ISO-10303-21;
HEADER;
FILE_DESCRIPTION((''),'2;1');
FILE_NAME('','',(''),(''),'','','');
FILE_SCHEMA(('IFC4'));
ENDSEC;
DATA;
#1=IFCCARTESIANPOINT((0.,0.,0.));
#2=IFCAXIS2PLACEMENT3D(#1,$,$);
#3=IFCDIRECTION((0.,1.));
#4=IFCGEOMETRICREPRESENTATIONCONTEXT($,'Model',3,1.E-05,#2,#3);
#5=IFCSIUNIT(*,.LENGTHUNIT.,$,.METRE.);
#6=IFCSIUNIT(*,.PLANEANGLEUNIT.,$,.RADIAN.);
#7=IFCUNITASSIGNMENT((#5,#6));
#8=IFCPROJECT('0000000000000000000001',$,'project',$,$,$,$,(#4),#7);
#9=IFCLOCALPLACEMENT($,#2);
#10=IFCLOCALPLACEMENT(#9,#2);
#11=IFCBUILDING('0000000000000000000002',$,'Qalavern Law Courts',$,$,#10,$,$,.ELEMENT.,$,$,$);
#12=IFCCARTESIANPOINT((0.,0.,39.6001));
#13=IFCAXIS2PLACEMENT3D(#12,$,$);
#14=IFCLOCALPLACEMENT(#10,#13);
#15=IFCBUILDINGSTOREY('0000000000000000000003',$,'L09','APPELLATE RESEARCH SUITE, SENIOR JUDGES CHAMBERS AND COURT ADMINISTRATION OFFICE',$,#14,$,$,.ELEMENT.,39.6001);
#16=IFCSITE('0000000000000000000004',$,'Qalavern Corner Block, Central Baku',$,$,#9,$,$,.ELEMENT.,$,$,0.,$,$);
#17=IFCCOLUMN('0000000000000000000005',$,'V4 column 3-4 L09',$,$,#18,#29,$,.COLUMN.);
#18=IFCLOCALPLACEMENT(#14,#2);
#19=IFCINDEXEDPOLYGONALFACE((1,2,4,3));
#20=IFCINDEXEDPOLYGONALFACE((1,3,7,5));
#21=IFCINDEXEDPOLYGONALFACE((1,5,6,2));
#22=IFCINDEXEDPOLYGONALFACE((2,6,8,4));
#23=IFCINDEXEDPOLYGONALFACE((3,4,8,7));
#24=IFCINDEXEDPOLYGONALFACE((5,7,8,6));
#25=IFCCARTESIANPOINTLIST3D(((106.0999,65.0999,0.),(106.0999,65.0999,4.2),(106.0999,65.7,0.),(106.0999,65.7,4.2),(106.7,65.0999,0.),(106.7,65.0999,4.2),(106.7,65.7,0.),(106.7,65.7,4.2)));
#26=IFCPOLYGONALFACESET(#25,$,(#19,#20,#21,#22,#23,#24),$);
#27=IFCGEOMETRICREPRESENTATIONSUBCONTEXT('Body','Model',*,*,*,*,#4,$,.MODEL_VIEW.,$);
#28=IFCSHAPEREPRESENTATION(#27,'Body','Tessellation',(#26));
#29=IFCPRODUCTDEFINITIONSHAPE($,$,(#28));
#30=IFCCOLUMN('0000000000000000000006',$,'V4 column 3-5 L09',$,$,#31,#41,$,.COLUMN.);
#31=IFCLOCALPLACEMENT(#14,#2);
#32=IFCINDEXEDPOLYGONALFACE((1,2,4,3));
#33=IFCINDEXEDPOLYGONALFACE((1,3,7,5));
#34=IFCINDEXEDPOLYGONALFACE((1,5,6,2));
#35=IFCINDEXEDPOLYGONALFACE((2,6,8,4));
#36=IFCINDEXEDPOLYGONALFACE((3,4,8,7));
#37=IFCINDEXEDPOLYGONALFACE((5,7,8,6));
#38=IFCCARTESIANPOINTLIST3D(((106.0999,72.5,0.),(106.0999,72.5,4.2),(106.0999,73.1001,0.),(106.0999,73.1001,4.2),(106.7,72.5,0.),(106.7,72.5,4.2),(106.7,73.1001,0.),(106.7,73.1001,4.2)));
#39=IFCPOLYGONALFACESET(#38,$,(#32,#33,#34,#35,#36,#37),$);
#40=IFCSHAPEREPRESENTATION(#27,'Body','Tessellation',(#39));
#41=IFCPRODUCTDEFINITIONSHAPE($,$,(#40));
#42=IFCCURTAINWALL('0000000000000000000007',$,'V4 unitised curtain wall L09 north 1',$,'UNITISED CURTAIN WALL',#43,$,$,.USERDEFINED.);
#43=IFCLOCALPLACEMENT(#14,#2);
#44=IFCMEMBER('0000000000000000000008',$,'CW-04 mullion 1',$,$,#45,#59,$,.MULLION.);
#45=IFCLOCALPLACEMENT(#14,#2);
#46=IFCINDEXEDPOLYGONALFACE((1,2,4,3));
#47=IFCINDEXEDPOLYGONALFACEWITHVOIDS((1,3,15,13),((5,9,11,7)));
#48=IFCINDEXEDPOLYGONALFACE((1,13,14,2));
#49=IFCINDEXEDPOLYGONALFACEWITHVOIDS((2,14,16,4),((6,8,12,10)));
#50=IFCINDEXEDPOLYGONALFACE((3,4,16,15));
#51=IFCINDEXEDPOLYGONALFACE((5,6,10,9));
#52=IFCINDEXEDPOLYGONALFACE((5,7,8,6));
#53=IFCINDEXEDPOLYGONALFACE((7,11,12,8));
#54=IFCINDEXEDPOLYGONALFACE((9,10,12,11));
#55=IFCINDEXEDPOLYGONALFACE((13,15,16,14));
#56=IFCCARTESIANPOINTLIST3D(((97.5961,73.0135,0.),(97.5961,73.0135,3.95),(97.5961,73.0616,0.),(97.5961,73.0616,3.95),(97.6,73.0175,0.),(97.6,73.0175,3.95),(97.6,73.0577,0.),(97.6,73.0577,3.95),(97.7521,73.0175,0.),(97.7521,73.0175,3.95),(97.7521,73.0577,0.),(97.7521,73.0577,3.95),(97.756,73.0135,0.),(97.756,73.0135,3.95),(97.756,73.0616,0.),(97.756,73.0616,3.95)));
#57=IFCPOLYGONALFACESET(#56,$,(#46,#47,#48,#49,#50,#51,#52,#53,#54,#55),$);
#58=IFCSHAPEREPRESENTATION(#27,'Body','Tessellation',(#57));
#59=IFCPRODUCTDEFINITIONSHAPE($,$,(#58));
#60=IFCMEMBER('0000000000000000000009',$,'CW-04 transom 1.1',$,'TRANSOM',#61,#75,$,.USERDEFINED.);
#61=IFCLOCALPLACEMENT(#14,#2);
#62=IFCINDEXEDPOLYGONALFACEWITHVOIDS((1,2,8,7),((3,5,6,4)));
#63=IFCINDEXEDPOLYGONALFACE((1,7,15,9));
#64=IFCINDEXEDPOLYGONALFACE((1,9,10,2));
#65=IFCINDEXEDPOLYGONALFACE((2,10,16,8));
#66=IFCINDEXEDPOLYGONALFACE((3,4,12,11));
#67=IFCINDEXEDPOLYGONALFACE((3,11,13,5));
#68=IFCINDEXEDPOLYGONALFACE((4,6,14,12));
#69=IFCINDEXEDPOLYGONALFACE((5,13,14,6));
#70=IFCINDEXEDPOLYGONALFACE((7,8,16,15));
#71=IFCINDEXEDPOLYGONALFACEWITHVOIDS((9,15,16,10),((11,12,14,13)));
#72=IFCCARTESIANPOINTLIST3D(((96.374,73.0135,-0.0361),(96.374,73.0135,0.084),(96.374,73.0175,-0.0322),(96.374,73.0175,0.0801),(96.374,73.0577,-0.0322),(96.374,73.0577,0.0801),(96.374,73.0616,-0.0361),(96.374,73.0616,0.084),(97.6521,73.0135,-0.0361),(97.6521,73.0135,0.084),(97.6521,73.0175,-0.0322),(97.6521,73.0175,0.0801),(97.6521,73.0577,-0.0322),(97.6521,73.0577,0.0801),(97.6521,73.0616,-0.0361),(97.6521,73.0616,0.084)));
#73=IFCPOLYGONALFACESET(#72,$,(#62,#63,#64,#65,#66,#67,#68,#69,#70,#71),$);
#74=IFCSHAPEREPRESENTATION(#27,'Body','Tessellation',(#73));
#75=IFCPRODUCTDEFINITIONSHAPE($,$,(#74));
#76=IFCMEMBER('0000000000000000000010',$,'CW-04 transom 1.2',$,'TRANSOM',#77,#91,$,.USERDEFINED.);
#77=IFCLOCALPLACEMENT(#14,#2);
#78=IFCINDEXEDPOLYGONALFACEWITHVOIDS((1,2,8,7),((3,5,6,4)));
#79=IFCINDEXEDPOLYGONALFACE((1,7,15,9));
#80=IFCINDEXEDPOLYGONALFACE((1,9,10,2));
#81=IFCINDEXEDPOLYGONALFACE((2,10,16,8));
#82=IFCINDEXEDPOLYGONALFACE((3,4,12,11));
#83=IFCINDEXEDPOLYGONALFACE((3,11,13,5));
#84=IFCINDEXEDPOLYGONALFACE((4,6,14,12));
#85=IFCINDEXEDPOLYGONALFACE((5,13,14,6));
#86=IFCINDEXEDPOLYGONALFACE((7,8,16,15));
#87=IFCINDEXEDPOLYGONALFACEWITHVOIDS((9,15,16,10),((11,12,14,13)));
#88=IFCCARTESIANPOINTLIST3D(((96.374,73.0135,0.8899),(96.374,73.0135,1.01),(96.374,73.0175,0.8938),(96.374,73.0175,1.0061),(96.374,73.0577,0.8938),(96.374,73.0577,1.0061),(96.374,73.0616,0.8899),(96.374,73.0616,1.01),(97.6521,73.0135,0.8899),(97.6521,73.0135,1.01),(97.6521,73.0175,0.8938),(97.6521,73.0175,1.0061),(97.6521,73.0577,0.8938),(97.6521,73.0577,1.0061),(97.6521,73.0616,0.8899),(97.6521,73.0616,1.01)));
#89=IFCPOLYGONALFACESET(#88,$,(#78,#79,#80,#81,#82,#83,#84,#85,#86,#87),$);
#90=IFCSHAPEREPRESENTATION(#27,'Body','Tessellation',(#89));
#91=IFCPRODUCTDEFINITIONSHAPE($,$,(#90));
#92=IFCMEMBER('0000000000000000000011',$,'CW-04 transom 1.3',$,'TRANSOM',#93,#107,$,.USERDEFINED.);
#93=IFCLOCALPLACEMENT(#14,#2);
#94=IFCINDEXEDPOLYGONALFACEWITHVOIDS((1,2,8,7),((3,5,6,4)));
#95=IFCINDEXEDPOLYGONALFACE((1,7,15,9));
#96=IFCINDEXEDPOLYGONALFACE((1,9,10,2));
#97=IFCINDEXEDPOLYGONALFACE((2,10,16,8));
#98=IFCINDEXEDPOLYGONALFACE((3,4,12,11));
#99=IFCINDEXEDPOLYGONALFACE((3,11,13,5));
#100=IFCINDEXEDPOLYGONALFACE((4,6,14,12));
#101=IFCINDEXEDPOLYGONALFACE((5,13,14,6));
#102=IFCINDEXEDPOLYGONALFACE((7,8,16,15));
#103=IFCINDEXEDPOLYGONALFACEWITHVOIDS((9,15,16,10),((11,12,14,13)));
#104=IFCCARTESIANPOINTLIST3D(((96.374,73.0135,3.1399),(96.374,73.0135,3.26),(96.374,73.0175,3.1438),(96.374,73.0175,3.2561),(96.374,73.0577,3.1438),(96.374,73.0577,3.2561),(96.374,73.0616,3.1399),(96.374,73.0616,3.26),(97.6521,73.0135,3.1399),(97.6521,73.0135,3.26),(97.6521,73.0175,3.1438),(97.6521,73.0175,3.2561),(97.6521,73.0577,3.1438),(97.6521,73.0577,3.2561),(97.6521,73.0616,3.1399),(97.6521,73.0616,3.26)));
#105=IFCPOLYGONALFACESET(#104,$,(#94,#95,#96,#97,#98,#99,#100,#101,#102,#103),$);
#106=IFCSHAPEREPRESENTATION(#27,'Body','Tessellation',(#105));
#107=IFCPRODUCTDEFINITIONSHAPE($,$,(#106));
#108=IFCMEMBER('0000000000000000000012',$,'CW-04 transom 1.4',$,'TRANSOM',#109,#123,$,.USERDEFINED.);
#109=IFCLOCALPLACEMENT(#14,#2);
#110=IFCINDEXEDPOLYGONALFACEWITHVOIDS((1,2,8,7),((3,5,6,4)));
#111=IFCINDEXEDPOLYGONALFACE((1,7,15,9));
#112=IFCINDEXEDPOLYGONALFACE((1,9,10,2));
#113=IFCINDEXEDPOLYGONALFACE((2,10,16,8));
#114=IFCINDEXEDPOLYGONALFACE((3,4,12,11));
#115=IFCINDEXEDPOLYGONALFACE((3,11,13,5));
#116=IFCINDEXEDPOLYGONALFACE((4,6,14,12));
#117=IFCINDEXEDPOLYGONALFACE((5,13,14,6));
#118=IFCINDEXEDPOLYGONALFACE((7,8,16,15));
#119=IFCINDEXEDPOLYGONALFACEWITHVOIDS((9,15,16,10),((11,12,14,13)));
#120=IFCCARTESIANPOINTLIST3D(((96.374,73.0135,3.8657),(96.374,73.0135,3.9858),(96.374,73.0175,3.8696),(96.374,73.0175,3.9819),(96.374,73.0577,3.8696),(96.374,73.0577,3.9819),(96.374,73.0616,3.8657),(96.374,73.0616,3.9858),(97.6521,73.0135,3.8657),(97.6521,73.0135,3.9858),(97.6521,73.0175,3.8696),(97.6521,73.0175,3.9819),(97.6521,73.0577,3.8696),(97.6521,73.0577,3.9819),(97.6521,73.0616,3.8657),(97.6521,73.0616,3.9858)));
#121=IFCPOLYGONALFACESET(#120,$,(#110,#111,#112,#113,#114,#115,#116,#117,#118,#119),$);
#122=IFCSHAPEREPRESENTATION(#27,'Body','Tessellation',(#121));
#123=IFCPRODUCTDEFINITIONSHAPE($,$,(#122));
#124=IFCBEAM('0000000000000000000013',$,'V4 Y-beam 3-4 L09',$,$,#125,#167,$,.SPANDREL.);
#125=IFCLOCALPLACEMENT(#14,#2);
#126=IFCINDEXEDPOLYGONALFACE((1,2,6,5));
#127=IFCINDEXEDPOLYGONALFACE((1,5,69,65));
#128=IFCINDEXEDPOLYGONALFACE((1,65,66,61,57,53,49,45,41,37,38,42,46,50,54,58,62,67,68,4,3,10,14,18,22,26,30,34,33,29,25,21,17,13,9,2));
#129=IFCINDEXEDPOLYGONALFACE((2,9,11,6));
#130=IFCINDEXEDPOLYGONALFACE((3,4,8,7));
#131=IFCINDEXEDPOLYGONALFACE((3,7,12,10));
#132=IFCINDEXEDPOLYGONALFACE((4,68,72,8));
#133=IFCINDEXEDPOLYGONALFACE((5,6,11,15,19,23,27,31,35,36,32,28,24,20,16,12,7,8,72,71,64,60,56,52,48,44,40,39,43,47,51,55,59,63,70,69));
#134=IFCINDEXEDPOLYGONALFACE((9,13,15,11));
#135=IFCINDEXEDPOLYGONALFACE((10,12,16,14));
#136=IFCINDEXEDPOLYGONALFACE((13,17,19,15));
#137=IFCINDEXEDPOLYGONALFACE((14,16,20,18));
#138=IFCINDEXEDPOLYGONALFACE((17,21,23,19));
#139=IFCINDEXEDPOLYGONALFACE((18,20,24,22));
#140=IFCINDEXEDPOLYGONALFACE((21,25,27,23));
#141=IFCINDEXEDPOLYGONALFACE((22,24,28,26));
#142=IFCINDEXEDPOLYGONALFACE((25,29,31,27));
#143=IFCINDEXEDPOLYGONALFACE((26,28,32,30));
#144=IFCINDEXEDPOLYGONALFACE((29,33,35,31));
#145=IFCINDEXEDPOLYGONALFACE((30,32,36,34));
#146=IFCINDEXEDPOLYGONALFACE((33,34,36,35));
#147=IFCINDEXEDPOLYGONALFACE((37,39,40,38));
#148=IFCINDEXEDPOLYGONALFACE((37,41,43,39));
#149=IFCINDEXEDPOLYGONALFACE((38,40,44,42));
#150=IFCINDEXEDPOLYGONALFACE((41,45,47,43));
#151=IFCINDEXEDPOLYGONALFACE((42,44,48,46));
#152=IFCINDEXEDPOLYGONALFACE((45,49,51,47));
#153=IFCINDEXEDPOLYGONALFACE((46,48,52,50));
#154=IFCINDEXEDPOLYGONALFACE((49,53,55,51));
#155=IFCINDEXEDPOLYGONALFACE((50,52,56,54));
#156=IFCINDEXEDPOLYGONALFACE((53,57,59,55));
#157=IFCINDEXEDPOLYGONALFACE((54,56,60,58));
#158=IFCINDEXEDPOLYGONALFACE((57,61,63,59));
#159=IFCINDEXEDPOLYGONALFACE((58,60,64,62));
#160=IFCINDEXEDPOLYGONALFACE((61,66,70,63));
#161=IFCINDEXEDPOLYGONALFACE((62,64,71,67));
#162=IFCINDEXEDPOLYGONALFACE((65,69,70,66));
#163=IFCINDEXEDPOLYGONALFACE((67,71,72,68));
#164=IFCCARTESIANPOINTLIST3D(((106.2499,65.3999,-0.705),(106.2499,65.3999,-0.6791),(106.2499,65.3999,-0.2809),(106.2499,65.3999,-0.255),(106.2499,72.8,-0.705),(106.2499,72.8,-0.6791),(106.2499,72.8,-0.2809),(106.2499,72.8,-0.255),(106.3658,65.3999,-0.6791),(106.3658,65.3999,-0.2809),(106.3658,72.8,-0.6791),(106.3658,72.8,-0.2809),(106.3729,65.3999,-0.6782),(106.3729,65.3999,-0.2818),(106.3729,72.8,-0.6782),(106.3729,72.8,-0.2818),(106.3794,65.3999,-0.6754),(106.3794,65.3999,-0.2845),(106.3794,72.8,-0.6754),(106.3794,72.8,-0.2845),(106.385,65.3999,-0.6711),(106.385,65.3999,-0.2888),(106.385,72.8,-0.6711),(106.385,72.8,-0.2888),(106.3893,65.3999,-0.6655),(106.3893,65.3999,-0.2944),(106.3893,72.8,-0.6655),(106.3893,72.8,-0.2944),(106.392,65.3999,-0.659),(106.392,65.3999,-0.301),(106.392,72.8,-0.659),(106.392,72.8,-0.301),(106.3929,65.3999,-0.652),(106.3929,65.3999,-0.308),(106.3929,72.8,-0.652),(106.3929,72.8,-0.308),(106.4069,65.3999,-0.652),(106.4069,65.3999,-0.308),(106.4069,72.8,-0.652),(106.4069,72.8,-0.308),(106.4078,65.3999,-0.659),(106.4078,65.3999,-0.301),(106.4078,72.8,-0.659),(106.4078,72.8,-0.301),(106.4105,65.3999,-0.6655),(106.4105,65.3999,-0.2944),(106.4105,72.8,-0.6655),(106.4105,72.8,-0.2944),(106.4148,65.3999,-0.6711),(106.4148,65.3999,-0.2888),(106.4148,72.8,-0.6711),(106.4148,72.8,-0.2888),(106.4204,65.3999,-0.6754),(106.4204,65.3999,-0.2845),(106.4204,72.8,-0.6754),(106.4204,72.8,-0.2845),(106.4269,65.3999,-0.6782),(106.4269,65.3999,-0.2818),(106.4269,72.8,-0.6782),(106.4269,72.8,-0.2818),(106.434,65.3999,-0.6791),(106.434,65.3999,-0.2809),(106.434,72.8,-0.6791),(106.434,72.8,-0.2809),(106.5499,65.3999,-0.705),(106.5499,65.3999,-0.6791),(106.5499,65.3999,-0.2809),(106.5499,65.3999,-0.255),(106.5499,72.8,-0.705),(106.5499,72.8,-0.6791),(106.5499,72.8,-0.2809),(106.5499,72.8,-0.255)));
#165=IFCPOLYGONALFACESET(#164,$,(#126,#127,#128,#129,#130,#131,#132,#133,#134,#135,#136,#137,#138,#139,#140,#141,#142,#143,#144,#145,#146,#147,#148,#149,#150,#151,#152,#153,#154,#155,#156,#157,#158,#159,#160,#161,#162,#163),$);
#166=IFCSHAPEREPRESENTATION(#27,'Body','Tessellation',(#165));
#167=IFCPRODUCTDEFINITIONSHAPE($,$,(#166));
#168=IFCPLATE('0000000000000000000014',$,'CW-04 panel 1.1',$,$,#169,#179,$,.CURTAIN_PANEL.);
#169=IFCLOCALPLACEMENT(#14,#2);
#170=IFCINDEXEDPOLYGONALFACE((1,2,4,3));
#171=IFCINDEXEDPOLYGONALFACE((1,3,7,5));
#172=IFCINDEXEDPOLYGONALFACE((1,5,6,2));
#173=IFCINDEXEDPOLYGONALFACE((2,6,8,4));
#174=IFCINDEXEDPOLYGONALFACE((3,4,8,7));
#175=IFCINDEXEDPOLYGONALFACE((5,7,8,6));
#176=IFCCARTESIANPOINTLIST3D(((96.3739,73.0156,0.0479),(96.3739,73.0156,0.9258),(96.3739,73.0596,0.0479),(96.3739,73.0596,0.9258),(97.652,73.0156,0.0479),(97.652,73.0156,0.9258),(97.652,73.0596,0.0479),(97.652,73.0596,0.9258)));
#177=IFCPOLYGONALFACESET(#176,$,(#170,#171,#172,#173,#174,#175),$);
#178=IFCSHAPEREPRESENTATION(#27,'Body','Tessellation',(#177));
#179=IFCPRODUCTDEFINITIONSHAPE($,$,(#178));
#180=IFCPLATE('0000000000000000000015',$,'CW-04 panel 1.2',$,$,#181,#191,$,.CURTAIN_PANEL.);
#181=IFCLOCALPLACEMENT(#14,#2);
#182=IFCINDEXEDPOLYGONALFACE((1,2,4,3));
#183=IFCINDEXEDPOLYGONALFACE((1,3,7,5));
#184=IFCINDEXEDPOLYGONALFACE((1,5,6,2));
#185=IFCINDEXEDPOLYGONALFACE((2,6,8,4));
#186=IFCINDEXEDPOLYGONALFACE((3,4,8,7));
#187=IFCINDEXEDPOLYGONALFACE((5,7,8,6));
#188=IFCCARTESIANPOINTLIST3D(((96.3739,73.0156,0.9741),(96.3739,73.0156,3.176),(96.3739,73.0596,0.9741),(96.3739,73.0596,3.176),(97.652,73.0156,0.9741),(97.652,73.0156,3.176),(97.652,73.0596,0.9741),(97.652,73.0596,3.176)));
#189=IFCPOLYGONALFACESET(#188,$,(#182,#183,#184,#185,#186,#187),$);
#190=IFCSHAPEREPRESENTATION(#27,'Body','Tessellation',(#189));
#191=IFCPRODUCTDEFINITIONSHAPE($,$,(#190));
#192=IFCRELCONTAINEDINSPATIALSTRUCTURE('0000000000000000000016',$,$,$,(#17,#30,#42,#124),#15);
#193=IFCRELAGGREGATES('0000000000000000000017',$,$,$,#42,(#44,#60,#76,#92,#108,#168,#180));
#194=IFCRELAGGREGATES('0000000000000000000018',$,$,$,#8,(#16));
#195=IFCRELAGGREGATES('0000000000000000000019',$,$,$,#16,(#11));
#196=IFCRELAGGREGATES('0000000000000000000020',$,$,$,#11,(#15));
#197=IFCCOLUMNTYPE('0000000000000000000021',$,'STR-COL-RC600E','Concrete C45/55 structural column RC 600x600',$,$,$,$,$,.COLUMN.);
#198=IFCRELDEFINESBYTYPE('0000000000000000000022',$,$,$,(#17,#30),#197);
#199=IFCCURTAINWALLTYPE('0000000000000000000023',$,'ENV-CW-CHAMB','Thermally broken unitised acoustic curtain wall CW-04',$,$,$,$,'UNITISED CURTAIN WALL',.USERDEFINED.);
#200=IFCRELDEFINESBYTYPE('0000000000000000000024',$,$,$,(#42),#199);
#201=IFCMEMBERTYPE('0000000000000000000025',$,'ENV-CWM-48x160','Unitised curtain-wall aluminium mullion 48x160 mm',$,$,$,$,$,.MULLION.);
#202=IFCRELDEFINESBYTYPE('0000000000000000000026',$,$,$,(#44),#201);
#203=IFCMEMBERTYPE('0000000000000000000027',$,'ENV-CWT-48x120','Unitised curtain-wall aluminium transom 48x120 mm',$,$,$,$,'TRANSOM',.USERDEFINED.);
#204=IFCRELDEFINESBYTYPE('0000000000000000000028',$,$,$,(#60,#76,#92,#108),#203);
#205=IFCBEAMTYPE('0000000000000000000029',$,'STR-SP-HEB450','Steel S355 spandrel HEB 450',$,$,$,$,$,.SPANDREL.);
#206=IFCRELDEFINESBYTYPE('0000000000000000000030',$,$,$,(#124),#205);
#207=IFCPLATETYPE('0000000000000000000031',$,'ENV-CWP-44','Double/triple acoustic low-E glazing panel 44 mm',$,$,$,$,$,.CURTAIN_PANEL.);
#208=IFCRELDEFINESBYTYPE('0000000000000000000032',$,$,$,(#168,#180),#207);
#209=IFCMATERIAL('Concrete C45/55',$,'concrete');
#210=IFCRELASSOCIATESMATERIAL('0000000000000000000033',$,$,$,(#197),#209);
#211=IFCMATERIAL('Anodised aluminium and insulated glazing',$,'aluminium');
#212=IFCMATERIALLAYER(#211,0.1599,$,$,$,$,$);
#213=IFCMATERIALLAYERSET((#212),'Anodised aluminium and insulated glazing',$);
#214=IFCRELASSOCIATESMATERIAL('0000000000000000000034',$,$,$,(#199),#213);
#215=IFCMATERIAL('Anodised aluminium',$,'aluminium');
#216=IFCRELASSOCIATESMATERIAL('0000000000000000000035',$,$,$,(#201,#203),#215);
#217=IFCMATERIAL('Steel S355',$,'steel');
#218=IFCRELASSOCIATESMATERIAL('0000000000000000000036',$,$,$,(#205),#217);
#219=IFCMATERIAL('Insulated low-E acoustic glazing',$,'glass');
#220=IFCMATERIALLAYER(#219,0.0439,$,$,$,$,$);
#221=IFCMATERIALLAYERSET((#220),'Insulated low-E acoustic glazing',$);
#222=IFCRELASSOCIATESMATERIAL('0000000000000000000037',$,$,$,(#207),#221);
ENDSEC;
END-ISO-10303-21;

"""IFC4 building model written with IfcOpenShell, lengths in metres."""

from ifc_helpers import new_model, si_unit, direction, frame, origin, origin_2d, place, context, subcontext, project, spatial, rectangle, hollow_rectangle, i_section, extrude, material, layer, layer_set, material_profile, profile_set, type_object, element, aggregate, save


model = new_model("IFC4")

# Units and contexts
model_context = context("Model", 3, precision=1e-05, world=origin(), true_north=direction((0.0, 1.0)))
body_context = subcontext(model_context, "Body", "Model", "MODEL_VIEW")
ifc_project = project(units=[si_unit("LENGTHUNIT", "METRE"), si_unit("PLANEANGLEUNIT", "RADIAN")], contexts=[model_context])

# Site, building, storey
site_placement = place(None, origin())
site = spatial("IfcSite", under=ifc_project, at=site_placement, Name="Qalavern Corner Block, Central Baku", CompositionType="ELEMENT", RefElevation=0.0)
building_placement = place(site_placement, origin())
building = spatial("IfcBuilding", under=site, at=building_placement, Name="Qalavern Law Courts", CompositionType="ELEMENT")
storey_placement = place(building_placement, frame((0.0, 0.0, 39.6001)))
storey = spatial("IfcBuildingStorey", under=building, at=storey_placement, Name="L09", Description="APPELLATE RESEARCH SUITE, SENIOR JUDGES CHAMBERS AND COURT ADMINISTRATION OFFICE", CompositionType="ELEMENT", Elevation=39.6001)

# Columns
ifc_material_1 = material(Name="Concrete C45/55", Category="concrete")
ifc_material_profile_1 = material_profile(ifc_material_1, rectangle(XDim=0.6001, YDim=0.6001, at=origin_2d()), Name="RC 600x600")
ifc_profile_set_1 = profile_set([ifc_material_profile_1], Name="Concrete C45/55")
column_type = type_object("IfcColumnType", Name="STR-COL-RC600E", Description="Concrete C45/55 structural column RC 600x600", PredefinedType="COLUMN", material=ifc_profile_set_1)
for number, where, z_axis, x_axis, name in (
    (1, (106.3999, 65.3999, 0.0), (0.0, 0.0, 1.0), (1.0, 0.0, 0.0), "V4 column 3-4 L09"),
    (2, (106.3999, 72.8, 0.0), (0.0, 0.0, 1.0), (1.0, 0.0, 0.0), "V4 column 3-5 L09"),
):
    element("IfcColumn", number, at=place(storey_placement, frame(where, z_axis=z_axis, x_axis=x_axis)), inside=storey, type_object=column_type, Name=name, PredefinedType="COLUMN", context=body_context, shape_type="SweptSolid", body=[
        extrude(rectangle(XDim=0.6001, YDim=0.6001, at=origin_2d()), origin(), (0.0, 0.0, 1.0), 4.2),
    ])

# Curtain wall, members
ifc_material_2 = material(Name="Anodised aluminium and insulated glazing", Category="aluminium")
ifc_layer_1 = layer(ifc_material_2, 0.1599)
ifc_layer_set_1 = layer_set([ifc_layer_1], Name="Anodised aluminium and insulated glazing")
curtain_wall_type = type_object("IfcCurtainWallType", Name="ENV-CW-CHAMB", Description="Thermally broken unitised acoustic curtain wall CW-04", ElementType="UNITISED CURTAIN WALL", PredefinedType="USERDEFINED", material=ifc_layer_set_1)
curtain_wall_placement = place(storey_placement, origin())
curtain_wall = element("IfcCurtainWall", 3, at=curtain_wall_placement, inside=storey, type_object=curtain_wall_type, Name="V4 unitised curtain wall L09 north 1", ObjectType="UNITISED CURTAIN WALL", PredefinedType="USERDEFINED")
ifc_material_3 = material(Name="Anodised aluminium", Category="aluminium")
ifc_material_profile_2 = material_profile(ifc_material_3, hollow_rectangle(XDim=0.0481, YDim=0.1599, WallThickness=0.0039, at=origin_2d()), Name="ALU MULLION 48x160")
ifc_profile_set_2 = profile_set([ifc_material_profile_2], Name="Anodised aluminium")
member_type_1 = type_object("IfcMemberType", Name="ENV-CWM-48x160", Description="Unitised curtain-wall aluminium mullion 48x160 mm", PredefinedType="MULLION", material=ifc_profile_set_2)
member_1_placement = place(storey_placement, frame((97.676, 73.0376, 0.0), z_axis=(0.0, 0.0, 1.0), x_axis=(0.0, -1.0, 0.0)))
member_1 = element("IfcMember", 4, at=member_1_placement, type_object=member_type_1, Name="CW-04 mullion 1", PredefinedType="MULLION", context=body_context, shape_type="SweptSolid", body=[
    extrude(hollow_rectangle(XDim=0.0481, YDim=0.1599, WallThickness=0.0039, at=origin_2d()), origin(), (0.0, 0.0, 1.0), 3.95),
])
ifc_material_profile_3 = material_profile(ifc_material_3, hollow_rectangle(XDim=0.0481, YDim=0.1201, WallThickness=0.0039, at=origin_2d()), Name="ALU TRANSOM 48x120")
ifc_profile_set_3 = profile_set([ifc_material_profile_3], Name="Anodised aluminium")
member_type_2 = type_object("IfcMemberType", Name="ENV-CWT-48x120", Description="Unitised curtain-wall aluminium transom 48x120 mm", ElementType="TRANSOM", PredefinedType="USERDEFINED", material=ifc_profile_set_3)
member_2_placement = place(storey_placement, frame((97.6521, 73.0376, 0.0239), z_axis=(-1.0, 0.0, 0.0), x_axis=(0.0, -1.0, 0.0)))
member_2 = element("IfcMember", 5, at=member_2_placement, type_object=member_type_2, Name="CW-04 transom 1.1", ObjectType="TRANSOM", PredefinedType="USERDEFINED", context=body_context, shape_type="SweptSolid", body=[
    extrude(hollow_rectangle(XDim=0.0481, YDim=0.1201, WallThickness=0.0039, at=origin_2d()), origin(), (0.0, 0.0, 1.0), 1.2781),
])
member_3_placement = place(storey_placement, frame((97.6521, 73.0376, 0.95), z_axis=(-1.0, 0.0, 0.0), x_axis=(0.0, -1.0, 0.0)))
member_3 = element("IfcMember", 6, at=member_3_placement, type_object=member_type_2, Name="CW-04 transom 1.2", ObjectType="TRANSOM", PredefinedType="USERDEFINED", context=body_context, shape_type="SweptSolid", body=[
    extrude(hollow_rectangle(XDim=0.0481, YDim=0.1201, WallThickness=0.0039, at=origin_2d()), origin(), (0.0, 0.0, 1.0), 1.2781),
])
member_4_placement = place(storey_placement, frame((97.6521, 73.0376, 3.2), z_axis=(-1.0, 0.0, 0.0), x_axis=(0.0, -1.0, 0.0)))
member_4 = element("IfcMember", 7, at=member_4_placement, type_object=member_type_2, Name="CW-04 transom 1.3", ObjectType="TRANSOM", PredefinedType="USERDEFINED", context=body_context, shape_type="SweptSolid", body=[
    extrude(hollow_rectangle(XDim=0.0481, YDim=0.1201, WallThickness=0.0039, at=origin_2d()), origin(), (0.0, 0.0, 1.0), 1.2781),
])
member_5_placement = place(storey_placement, frame((97.6521, 73.0376, 3.9258), z_axis=(-1.0, 0.0, 0.0), x_axis=(0.0, -1.0, 0.0)))
member_5 = element("IfcMember", 8, at=member_5_placement, type_object=member_type_2, Name="CW-04 transom 1.4", ObjectType="TRANSOM", PredefinedType="USERDEFINED", context=body_context, shape_type="SweptSolid", body=[
    extrude(hollow_rectangle(XDim=0.0481, YDim=0.1201, WallThickness=0.0039, at=origin_2d()), origin(), (0.0, 0.0, 1.0), 1.2781),
])

# Beam
ifc_material_4 = material(Name="Steel S355", Category="steel")
ifc_material_profile_4 = material_profile(ifc_material_4, i_section(OverallWidth=0.3, OverallDepth=0.45, WebThickness=0.0139, FlangeThickness=0.0259, FilletRadius=0.0271, at=origin_2d()), Name="HEB 450")
ifc_profile_set_4 = profile_set([ifc_material_profile_4], Name="Steel S355")
beam_type = type_object("IfcBeamType", Name="STR-SP-HEB450", Description="Steel S355 spandrel HEB 450", PredefinedType="SPANDREL", material=ifc_profile_set_4)
beam_placement = place(storey_placement, frame((106.3999, 65.3999, -0.48), z_axis=(0.0, 1.0, 0.0), x_axis=(-1.0, 0.0, 0.0)))
element("IfcBeam", 9, at=beam_placement, inside=storey, type_object=beam_type, Name="V4 Y-beam 3-4 L09", PredefinedType="SPANDREL", context=body_context, shape_type="SweptSolid", body=[
    extrude(i_section(OverallWidth=0.3, OverallDepth=0.45, WebThickness=0.0139, FlangeThickness=0.0259, FilletRadius=0.0271, at=origin_2d()), origin(), (0.0, 0.0, 1.0), 7.4001),
])

# Plates
ifc_material_5 = material(Name="Insulated low-E acoustic glazing", Category="glass")
ifc_layer_2 = layer(ifc_material_5, 0.0439)
ifc_layer_set_2 = layer_set([ifc_layer_2], Name="Insulated low-E acoustic glazing")
plate_type = type_object("IfcPlateType", Name="ENV-CWP-44", Description="Double/triple acoustic low-E glazing panel 44 mm", PredefinedType="CURTAIN_PANEL", material=ifc_layer_set_2)
plate_1_placement = place(storey_placement, frame((97.0129, 73.0376, 0.0479), z_axis=(0.0, 0.0, 1.0), x_axis=(-1.0, 0.0, 0.0)))
plate_1 = element("IfcPlate", 10, at=plate_1_placement, type_object=plate_type, Name="CW-04 panel 1.1", PredefinedType="CURTAIN_PANEL", context=body_context, shape_type="SweptSolid", body=[
    extrude(rectangle(XDim=1.2781, YDim=0.0439, at=origin_2d()), origin(), (0.0, 0.0, 1.0), 0.8779),
])
plate_2_placement = place(storey_placement, frame((97.0129, 73.0376, 0.9741), z_axis=(0.0, 0.0, 1.0), x_axis=(-1.0, 0.0, 0.0)))
plate_2 = element("IfcPlate", 11, at=plate_2_placement, type_object=plate_type, Name="CW-04 panel 1.2", PredefinedType="CURTAIN_PANEL", context=body_context, shape_type="SweptSolid", body=[
    extrude(rectangle(XDim=1.2781, YDim=0.0439, at=origin_2d()), origin(), (0.0, 0.0, 1.0), 2.2019),
])
aggregate(curtain_wall, [member_1, member_2, member_3, member_4, member_5, plate_1, plate_2])

save(model, "model.ifc")
